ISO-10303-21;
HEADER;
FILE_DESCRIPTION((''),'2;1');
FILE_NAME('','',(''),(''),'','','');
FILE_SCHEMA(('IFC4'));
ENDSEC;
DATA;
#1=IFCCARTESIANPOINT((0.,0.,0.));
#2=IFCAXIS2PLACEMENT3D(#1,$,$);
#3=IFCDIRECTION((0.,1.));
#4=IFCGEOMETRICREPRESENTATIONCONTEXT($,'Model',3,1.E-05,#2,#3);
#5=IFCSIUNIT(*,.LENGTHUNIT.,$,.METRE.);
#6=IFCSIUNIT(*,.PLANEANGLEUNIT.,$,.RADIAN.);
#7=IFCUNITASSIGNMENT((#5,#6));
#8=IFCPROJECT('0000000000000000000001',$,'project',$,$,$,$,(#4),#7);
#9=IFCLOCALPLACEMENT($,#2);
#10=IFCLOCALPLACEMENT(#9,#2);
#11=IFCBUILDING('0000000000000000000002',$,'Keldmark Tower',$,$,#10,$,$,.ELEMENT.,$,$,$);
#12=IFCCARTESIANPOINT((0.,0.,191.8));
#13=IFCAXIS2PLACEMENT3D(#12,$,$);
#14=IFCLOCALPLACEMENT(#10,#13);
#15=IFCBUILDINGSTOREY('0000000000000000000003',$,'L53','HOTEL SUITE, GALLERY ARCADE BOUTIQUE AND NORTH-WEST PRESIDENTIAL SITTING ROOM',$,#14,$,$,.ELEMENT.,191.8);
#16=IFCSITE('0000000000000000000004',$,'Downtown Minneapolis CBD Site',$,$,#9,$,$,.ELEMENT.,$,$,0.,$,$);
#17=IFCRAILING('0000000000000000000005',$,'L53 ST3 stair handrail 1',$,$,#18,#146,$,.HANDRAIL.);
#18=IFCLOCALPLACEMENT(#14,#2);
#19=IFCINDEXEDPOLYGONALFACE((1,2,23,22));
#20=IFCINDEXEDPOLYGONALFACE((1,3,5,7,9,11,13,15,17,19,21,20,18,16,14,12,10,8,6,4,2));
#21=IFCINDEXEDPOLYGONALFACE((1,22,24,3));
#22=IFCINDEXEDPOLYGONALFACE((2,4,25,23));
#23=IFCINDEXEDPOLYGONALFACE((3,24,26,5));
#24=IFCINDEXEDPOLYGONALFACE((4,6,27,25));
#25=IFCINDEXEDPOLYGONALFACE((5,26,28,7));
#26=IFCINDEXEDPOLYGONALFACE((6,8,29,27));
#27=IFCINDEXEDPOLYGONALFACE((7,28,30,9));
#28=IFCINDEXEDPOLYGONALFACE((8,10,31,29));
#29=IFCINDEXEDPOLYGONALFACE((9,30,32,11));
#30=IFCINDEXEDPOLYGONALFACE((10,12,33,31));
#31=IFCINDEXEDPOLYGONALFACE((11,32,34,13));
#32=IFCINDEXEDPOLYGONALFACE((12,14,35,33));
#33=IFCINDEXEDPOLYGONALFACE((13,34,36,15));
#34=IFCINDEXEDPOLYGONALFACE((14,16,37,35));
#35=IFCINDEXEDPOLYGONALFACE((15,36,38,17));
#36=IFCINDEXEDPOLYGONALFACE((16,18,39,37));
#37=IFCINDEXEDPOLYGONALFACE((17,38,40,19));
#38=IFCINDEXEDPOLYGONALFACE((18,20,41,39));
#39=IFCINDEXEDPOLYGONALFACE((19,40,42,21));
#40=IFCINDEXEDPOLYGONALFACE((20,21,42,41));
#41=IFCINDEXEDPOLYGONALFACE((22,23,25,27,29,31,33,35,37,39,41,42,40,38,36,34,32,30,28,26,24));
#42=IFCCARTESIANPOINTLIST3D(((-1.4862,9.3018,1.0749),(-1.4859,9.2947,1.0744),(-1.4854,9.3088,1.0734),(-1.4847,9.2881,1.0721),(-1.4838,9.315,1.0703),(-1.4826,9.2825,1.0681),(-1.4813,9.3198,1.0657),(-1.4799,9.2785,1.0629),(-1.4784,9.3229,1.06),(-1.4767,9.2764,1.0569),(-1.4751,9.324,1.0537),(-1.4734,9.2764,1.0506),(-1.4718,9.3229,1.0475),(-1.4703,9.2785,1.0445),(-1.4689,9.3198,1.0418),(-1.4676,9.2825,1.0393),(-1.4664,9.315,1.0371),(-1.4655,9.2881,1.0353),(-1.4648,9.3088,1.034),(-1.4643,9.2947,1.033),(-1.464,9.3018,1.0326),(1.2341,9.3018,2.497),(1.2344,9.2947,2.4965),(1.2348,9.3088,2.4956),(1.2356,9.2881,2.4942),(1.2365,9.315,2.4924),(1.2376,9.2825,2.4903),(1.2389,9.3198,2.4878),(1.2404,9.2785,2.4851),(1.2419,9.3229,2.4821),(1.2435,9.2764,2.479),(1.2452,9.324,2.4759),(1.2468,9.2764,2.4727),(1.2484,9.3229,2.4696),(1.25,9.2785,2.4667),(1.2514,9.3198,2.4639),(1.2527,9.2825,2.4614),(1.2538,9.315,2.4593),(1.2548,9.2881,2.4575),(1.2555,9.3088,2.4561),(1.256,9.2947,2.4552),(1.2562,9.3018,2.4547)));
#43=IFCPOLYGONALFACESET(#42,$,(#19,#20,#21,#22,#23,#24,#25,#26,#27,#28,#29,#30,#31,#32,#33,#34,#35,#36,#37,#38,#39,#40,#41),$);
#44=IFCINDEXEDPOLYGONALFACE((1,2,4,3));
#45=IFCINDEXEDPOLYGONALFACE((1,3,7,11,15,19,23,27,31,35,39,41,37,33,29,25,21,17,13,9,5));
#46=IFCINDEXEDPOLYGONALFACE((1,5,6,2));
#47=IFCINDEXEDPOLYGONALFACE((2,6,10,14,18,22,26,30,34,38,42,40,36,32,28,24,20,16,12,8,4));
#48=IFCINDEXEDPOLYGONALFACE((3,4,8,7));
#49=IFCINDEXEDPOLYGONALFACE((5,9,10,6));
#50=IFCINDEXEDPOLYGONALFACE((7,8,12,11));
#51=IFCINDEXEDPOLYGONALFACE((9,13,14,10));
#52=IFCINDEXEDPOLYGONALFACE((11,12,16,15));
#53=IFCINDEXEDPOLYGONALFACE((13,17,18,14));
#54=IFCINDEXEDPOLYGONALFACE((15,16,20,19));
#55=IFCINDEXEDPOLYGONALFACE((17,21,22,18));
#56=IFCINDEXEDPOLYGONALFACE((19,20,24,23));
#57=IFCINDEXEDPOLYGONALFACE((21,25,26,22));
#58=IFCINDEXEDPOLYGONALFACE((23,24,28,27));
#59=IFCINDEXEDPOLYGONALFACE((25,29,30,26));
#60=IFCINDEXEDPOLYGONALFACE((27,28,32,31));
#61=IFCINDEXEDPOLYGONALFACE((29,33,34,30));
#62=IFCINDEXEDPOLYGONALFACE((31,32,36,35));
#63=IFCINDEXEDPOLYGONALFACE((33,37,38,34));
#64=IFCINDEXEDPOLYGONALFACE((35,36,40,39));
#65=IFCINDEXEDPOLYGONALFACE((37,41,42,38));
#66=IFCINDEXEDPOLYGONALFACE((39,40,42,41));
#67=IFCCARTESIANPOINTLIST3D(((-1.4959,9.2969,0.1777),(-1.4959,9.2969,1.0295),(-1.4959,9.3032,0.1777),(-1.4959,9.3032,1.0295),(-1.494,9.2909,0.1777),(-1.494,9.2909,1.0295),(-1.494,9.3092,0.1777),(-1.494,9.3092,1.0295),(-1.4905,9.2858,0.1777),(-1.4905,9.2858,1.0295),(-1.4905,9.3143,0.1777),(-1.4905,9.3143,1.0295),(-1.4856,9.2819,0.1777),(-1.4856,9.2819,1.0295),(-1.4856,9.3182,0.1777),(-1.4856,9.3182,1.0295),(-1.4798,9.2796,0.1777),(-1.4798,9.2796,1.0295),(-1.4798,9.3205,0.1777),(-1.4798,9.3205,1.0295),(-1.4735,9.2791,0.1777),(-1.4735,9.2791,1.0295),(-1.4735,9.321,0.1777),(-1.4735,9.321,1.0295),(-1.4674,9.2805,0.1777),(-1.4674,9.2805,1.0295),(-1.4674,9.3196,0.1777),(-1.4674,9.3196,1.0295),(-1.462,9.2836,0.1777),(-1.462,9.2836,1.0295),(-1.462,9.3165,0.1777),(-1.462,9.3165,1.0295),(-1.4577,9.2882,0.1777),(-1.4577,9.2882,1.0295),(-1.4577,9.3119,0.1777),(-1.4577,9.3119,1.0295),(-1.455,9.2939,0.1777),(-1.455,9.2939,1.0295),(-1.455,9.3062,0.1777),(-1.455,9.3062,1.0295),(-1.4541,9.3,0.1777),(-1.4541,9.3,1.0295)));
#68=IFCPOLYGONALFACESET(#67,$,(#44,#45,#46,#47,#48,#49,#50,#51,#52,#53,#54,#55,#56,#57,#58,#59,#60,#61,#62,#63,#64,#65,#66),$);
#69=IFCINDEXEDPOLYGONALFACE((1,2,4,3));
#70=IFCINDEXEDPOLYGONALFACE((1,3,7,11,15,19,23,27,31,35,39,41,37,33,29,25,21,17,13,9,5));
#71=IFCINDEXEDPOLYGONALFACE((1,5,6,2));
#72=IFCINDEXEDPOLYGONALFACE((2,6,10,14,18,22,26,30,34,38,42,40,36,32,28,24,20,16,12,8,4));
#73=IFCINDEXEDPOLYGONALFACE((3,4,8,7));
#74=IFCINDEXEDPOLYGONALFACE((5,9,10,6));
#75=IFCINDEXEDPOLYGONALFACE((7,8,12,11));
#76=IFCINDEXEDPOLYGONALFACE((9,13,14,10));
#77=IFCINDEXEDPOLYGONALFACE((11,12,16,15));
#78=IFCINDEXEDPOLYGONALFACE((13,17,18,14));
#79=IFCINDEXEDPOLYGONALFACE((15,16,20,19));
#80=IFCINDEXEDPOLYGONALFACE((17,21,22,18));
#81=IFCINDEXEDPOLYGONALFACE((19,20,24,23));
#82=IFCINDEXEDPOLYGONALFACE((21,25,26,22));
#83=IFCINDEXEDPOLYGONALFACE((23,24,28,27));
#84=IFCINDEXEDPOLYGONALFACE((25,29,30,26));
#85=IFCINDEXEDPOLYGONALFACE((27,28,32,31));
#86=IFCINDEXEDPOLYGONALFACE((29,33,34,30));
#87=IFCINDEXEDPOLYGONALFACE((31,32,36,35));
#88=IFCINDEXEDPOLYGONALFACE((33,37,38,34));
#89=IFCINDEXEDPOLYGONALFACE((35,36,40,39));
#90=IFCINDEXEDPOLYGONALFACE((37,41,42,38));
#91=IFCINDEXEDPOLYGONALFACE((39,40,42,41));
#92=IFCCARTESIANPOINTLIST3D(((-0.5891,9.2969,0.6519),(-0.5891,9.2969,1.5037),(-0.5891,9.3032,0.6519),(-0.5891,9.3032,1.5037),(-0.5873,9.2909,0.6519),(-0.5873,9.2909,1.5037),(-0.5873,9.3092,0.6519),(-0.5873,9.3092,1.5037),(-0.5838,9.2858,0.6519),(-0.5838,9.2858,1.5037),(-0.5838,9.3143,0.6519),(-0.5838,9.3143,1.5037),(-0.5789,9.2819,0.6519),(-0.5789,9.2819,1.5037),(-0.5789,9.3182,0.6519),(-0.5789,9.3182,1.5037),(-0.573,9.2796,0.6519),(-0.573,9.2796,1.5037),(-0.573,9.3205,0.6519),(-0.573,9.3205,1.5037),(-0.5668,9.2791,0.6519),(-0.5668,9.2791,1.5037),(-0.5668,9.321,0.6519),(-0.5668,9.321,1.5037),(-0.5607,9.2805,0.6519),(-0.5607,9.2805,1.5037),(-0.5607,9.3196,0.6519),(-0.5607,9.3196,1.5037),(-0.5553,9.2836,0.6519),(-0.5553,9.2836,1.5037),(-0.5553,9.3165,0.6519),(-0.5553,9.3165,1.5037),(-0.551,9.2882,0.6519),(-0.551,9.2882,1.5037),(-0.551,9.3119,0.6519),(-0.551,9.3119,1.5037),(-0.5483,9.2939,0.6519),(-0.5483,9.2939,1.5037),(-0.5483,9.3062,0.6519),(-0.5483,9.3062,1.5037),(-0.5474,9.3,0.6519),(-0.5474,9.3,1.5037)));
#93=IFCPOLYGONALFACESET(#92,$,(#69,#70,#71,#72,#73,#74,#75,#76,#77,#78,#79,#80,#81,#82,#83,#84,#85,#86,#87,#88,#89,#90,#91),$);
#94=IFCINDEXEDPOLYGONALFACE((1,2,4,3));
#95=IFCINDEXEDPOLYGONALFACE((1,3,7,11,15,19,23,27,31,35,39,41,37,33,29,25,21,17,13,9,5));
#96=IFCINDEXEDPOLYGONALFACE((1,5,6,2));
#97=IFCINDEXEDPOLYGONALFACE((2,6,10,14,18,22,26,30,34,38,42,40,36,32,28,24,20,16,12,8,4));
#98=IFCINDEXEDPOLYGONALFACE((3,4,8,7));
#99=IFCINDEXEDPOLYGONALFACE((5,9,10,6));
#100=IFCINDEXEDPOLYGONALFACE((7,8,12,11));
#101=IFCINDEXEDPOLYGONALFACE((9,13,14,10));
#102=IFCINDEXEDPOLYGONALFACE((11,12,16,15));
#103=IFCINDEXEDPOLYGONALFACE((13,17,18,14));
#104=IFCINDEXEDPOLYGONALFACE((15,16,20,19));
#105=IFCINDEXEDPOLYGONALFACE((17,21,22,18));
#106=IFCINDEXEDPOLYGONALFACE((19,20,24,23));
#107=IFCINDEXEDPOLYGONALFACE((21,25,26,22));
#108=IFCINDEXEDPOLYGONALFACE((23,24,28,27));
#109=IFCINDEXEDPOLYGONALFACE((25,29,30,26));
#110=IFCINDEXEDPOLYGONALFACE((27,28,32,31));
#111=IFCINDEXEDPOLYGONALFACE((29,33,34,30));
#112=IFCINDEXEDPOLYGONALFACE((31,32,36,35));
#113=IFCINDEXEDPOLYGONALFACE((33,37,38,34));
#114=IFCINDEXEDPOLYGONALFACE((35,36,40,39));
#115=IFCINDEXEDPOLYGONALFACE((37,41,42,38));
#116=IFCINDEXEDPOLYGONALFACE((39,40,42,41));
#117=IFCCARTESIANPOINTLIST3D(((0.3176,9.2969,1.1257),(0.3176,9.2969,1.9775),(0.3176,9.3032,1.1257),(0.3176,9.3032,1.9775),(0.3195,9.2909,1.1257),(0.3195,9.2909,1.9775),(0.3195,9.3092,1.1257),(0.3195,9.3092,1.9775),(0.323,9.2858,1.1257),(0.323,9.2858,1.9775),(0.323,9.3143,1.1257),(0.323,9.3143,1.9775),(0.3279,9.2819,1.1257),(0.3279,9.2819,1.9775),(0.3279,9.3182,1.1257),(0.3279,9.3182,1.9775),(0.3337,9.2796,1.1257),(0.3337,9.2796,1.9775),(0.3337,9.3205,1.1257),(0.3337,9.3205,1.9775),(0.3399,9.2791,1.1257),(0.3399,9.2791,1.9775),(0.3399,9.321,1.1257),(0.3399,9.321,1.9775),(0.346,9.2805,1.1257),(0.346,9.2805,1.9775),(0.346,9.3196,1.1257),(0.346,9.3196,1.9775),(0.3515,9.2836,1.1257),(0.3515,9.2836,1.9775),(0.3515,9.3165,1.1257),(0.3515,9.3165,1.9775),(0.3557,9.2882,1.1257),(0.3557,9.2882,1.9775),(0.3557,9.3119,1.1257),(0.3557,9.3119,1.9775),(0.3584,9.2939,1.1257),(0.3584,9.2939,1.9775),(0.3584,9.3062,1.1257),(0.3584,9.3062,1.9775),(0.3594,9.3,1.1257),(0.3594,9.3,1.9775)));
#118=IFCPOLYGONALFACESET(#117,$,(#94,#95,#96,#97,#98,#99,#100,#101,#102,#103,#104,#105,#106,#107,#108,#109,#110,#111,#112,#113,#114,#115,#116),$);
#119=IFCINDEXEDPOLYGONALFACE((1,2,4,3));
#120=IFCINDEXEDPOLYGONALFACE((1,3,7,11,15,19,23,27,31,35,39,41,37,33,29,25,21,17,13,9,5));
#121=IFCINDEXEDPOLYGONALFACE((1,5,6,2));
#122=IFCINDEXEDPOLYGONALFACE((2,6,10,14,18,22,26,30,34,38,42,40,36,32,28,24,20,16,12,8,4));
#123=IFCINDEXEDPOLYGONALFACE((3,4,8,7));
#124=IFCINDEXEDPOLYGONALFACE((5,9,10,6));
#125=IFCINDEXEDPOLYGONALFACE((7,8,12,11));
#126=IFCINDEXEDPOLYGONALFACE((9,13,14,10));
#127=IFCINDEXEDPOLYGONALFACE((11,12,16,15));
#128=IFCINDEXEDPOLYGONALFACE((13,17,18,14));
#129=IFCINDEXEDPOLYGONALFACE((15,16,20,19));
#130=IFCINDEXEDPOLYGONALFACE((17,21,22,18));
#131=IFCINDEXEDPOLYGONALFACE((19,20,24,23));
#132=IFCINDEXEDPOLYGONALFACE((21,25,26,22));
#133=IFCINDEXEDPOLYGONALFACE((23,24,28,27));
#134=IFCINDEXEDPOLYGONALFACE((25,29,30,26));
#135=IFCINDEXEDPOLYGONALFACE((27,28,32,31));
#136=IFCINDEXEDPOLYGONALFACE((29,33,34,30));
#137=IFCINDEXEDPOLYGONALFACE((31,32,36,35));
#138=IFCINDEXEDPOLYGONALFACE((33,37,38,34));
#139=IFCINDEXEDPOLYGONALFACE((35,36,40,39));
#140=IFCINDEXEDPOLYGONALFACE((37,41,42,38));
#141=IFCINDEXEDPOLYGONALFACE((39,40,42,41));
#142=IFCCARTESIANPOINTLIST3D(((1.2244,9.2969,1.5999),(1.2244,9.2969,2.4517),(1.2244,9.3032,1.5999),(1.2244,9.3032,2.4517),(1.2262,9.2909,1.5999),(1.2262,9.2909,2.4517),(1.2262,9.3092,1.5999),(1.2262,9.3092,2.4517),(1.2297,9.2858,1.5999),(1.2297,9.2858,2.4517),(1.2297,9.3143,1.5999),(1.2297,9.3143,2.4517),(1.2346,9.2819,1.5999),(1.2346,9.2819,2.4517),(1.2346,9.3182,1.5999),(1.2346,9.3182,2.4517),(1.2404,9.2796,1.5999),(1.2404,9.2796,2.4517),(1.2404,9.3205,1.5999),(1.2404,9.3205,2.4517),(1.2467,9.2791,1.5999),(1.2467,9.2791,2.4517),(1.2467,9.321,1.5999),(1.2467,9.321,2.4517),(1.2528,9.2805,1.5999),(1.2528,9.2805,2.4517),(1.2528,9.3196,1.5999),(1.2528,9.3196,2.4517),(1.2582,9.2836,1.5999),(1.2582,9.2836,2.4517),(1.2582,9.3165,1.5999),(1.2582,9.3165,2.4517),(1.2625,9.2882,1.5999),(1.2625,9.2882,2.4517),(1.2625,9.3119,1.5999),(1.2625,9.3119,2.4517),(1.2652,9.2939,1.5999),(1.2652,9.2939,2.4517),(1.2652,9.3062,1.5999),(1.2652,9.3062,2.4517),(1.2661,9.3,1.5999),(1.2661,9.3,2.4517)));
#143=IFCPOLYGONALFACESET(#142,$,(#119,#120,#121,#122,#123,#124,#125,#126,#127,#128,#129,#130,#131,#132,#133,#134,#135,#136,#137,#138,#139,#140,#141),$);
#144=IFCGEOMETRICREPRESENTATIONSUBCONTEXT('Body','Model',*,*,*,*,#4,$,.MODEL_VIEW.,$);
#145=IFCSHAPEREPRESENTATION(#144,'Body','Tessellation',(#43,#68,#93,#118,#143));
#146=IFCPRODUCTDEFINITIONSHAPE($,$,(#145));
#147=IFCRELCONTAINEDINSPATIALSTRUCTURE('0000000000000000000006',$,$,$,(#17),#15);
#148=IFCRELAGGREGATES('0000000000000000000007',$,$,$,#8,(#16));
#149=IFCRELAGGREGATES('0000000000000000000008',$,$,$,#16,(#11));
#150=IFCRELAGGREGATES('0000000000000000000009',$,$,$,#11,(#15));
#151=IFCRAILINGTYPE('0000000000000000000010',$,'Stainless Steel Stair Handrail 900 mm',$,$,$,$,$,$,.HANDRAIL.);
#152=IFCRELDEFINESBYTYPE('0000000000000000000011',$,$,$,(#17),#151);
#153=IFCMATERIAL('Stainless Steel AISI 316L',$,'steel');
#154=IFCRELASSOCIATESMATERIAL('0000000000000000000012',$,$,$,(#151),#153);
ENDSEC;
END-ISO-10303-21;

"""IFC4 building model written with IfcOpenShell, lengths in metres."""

from ifc_helpers import new_model, si_unit, direction, frame, origin, origin_2d, place, context, subcontext, project, spatial, circle, extrude, material, type_object, element, save


model = new_model("IFC4")

# Units and contexts
model_context = context("Model", 3, precision=1e-05, world=origin(), true_north=direction((0.0, 1.0)))
body_context = subcontext(model_context, "Body", "Model", "MODEL_VIEW")
ifc_project = project(units=[si_unit("LENGTHUNIT", "METRE"), si_unit("PLANEANGLEUNIT", "RADIAN")], contexts=[model_context])

# Site, building, storey
site_placement = place(None, origin())
site = spatial("IfcSite", under=ifc_project, at=site_placement, Name="Downtown Minneapolis CBD Site", CompositionType="ELEMENT", RefElevation=0.0)
building_placement = place(site_placement, origin())
building = spatial("IfcBuilding", under=site, at=building_placement, Name="Keldmark Tower", CompositionType="ELEMENT")
storey_placement = place(building_placement, frame((0.0, 0.0, 191.8)))
storey = spatial("IfcBuildingStorey", under=building, at=storey_placement, Name="L53", Description="HOTEL SUITE, GALLERY ARCADE BOUTIQUE AND NORTH-WEST PRESIDENTIAL SITTING ROOM", CompositionType="ELEMENT", Elevation=191.8)

# Railing
ifc_material_1 = material(Name="Stainless Steel AISI 316L", Category="steel")
railing_type_1 = type_object("IfcRailingType", Name="Stainless Steel Stair Handrail 900 mm", PredefinedType="HANDRAIL", material=ifc_material_1)
railing_1_placement = place(storey_placement, frame((-1.4751, 9.3, 0.1777)))
element("IfcRailing", 1, at=railing_1_placement, inside=storey, type_object=railing_type_1, Name="L53 ST3 stair handrail 1", PredefinedType="HANDRAIL", context=body_context, shape_type="SweptSolid", body=[
    extrude(circle(Radius=0.0239, at=origin_2d()), frame((0.0, 0.0, 0.876), z_axis=(0.8862, 0.0, 0.463302), x_axis=(0.0, 1.0, 0.0)), (0.0, 0.0, 1.0), 3.0696),
    extrude(circle(Radius=0.021, at=origin_2d()), origin(), (0.0, 0.0, 1.0), 0.8518),
    extrude(circle(Radius=0.021, at=origin_2d()), frame((0.9067, 0.0, 0.4741)), (0.0, 0.0, 1.0), 0.8518),
    extrude(circle(Radius=0.021, at=origin_2d()), frame((1.8135, 0.0, 0.948)), (0.0, 0.0, 1.0), 0.8518),
    extrude(circle(Radius=0.021, at=origin_2d()), frame((2.7202, 0.0, 1.4221)), (0.0, 0.0, 1.0), 0.8518),
])

save(model, "model.ifc")
